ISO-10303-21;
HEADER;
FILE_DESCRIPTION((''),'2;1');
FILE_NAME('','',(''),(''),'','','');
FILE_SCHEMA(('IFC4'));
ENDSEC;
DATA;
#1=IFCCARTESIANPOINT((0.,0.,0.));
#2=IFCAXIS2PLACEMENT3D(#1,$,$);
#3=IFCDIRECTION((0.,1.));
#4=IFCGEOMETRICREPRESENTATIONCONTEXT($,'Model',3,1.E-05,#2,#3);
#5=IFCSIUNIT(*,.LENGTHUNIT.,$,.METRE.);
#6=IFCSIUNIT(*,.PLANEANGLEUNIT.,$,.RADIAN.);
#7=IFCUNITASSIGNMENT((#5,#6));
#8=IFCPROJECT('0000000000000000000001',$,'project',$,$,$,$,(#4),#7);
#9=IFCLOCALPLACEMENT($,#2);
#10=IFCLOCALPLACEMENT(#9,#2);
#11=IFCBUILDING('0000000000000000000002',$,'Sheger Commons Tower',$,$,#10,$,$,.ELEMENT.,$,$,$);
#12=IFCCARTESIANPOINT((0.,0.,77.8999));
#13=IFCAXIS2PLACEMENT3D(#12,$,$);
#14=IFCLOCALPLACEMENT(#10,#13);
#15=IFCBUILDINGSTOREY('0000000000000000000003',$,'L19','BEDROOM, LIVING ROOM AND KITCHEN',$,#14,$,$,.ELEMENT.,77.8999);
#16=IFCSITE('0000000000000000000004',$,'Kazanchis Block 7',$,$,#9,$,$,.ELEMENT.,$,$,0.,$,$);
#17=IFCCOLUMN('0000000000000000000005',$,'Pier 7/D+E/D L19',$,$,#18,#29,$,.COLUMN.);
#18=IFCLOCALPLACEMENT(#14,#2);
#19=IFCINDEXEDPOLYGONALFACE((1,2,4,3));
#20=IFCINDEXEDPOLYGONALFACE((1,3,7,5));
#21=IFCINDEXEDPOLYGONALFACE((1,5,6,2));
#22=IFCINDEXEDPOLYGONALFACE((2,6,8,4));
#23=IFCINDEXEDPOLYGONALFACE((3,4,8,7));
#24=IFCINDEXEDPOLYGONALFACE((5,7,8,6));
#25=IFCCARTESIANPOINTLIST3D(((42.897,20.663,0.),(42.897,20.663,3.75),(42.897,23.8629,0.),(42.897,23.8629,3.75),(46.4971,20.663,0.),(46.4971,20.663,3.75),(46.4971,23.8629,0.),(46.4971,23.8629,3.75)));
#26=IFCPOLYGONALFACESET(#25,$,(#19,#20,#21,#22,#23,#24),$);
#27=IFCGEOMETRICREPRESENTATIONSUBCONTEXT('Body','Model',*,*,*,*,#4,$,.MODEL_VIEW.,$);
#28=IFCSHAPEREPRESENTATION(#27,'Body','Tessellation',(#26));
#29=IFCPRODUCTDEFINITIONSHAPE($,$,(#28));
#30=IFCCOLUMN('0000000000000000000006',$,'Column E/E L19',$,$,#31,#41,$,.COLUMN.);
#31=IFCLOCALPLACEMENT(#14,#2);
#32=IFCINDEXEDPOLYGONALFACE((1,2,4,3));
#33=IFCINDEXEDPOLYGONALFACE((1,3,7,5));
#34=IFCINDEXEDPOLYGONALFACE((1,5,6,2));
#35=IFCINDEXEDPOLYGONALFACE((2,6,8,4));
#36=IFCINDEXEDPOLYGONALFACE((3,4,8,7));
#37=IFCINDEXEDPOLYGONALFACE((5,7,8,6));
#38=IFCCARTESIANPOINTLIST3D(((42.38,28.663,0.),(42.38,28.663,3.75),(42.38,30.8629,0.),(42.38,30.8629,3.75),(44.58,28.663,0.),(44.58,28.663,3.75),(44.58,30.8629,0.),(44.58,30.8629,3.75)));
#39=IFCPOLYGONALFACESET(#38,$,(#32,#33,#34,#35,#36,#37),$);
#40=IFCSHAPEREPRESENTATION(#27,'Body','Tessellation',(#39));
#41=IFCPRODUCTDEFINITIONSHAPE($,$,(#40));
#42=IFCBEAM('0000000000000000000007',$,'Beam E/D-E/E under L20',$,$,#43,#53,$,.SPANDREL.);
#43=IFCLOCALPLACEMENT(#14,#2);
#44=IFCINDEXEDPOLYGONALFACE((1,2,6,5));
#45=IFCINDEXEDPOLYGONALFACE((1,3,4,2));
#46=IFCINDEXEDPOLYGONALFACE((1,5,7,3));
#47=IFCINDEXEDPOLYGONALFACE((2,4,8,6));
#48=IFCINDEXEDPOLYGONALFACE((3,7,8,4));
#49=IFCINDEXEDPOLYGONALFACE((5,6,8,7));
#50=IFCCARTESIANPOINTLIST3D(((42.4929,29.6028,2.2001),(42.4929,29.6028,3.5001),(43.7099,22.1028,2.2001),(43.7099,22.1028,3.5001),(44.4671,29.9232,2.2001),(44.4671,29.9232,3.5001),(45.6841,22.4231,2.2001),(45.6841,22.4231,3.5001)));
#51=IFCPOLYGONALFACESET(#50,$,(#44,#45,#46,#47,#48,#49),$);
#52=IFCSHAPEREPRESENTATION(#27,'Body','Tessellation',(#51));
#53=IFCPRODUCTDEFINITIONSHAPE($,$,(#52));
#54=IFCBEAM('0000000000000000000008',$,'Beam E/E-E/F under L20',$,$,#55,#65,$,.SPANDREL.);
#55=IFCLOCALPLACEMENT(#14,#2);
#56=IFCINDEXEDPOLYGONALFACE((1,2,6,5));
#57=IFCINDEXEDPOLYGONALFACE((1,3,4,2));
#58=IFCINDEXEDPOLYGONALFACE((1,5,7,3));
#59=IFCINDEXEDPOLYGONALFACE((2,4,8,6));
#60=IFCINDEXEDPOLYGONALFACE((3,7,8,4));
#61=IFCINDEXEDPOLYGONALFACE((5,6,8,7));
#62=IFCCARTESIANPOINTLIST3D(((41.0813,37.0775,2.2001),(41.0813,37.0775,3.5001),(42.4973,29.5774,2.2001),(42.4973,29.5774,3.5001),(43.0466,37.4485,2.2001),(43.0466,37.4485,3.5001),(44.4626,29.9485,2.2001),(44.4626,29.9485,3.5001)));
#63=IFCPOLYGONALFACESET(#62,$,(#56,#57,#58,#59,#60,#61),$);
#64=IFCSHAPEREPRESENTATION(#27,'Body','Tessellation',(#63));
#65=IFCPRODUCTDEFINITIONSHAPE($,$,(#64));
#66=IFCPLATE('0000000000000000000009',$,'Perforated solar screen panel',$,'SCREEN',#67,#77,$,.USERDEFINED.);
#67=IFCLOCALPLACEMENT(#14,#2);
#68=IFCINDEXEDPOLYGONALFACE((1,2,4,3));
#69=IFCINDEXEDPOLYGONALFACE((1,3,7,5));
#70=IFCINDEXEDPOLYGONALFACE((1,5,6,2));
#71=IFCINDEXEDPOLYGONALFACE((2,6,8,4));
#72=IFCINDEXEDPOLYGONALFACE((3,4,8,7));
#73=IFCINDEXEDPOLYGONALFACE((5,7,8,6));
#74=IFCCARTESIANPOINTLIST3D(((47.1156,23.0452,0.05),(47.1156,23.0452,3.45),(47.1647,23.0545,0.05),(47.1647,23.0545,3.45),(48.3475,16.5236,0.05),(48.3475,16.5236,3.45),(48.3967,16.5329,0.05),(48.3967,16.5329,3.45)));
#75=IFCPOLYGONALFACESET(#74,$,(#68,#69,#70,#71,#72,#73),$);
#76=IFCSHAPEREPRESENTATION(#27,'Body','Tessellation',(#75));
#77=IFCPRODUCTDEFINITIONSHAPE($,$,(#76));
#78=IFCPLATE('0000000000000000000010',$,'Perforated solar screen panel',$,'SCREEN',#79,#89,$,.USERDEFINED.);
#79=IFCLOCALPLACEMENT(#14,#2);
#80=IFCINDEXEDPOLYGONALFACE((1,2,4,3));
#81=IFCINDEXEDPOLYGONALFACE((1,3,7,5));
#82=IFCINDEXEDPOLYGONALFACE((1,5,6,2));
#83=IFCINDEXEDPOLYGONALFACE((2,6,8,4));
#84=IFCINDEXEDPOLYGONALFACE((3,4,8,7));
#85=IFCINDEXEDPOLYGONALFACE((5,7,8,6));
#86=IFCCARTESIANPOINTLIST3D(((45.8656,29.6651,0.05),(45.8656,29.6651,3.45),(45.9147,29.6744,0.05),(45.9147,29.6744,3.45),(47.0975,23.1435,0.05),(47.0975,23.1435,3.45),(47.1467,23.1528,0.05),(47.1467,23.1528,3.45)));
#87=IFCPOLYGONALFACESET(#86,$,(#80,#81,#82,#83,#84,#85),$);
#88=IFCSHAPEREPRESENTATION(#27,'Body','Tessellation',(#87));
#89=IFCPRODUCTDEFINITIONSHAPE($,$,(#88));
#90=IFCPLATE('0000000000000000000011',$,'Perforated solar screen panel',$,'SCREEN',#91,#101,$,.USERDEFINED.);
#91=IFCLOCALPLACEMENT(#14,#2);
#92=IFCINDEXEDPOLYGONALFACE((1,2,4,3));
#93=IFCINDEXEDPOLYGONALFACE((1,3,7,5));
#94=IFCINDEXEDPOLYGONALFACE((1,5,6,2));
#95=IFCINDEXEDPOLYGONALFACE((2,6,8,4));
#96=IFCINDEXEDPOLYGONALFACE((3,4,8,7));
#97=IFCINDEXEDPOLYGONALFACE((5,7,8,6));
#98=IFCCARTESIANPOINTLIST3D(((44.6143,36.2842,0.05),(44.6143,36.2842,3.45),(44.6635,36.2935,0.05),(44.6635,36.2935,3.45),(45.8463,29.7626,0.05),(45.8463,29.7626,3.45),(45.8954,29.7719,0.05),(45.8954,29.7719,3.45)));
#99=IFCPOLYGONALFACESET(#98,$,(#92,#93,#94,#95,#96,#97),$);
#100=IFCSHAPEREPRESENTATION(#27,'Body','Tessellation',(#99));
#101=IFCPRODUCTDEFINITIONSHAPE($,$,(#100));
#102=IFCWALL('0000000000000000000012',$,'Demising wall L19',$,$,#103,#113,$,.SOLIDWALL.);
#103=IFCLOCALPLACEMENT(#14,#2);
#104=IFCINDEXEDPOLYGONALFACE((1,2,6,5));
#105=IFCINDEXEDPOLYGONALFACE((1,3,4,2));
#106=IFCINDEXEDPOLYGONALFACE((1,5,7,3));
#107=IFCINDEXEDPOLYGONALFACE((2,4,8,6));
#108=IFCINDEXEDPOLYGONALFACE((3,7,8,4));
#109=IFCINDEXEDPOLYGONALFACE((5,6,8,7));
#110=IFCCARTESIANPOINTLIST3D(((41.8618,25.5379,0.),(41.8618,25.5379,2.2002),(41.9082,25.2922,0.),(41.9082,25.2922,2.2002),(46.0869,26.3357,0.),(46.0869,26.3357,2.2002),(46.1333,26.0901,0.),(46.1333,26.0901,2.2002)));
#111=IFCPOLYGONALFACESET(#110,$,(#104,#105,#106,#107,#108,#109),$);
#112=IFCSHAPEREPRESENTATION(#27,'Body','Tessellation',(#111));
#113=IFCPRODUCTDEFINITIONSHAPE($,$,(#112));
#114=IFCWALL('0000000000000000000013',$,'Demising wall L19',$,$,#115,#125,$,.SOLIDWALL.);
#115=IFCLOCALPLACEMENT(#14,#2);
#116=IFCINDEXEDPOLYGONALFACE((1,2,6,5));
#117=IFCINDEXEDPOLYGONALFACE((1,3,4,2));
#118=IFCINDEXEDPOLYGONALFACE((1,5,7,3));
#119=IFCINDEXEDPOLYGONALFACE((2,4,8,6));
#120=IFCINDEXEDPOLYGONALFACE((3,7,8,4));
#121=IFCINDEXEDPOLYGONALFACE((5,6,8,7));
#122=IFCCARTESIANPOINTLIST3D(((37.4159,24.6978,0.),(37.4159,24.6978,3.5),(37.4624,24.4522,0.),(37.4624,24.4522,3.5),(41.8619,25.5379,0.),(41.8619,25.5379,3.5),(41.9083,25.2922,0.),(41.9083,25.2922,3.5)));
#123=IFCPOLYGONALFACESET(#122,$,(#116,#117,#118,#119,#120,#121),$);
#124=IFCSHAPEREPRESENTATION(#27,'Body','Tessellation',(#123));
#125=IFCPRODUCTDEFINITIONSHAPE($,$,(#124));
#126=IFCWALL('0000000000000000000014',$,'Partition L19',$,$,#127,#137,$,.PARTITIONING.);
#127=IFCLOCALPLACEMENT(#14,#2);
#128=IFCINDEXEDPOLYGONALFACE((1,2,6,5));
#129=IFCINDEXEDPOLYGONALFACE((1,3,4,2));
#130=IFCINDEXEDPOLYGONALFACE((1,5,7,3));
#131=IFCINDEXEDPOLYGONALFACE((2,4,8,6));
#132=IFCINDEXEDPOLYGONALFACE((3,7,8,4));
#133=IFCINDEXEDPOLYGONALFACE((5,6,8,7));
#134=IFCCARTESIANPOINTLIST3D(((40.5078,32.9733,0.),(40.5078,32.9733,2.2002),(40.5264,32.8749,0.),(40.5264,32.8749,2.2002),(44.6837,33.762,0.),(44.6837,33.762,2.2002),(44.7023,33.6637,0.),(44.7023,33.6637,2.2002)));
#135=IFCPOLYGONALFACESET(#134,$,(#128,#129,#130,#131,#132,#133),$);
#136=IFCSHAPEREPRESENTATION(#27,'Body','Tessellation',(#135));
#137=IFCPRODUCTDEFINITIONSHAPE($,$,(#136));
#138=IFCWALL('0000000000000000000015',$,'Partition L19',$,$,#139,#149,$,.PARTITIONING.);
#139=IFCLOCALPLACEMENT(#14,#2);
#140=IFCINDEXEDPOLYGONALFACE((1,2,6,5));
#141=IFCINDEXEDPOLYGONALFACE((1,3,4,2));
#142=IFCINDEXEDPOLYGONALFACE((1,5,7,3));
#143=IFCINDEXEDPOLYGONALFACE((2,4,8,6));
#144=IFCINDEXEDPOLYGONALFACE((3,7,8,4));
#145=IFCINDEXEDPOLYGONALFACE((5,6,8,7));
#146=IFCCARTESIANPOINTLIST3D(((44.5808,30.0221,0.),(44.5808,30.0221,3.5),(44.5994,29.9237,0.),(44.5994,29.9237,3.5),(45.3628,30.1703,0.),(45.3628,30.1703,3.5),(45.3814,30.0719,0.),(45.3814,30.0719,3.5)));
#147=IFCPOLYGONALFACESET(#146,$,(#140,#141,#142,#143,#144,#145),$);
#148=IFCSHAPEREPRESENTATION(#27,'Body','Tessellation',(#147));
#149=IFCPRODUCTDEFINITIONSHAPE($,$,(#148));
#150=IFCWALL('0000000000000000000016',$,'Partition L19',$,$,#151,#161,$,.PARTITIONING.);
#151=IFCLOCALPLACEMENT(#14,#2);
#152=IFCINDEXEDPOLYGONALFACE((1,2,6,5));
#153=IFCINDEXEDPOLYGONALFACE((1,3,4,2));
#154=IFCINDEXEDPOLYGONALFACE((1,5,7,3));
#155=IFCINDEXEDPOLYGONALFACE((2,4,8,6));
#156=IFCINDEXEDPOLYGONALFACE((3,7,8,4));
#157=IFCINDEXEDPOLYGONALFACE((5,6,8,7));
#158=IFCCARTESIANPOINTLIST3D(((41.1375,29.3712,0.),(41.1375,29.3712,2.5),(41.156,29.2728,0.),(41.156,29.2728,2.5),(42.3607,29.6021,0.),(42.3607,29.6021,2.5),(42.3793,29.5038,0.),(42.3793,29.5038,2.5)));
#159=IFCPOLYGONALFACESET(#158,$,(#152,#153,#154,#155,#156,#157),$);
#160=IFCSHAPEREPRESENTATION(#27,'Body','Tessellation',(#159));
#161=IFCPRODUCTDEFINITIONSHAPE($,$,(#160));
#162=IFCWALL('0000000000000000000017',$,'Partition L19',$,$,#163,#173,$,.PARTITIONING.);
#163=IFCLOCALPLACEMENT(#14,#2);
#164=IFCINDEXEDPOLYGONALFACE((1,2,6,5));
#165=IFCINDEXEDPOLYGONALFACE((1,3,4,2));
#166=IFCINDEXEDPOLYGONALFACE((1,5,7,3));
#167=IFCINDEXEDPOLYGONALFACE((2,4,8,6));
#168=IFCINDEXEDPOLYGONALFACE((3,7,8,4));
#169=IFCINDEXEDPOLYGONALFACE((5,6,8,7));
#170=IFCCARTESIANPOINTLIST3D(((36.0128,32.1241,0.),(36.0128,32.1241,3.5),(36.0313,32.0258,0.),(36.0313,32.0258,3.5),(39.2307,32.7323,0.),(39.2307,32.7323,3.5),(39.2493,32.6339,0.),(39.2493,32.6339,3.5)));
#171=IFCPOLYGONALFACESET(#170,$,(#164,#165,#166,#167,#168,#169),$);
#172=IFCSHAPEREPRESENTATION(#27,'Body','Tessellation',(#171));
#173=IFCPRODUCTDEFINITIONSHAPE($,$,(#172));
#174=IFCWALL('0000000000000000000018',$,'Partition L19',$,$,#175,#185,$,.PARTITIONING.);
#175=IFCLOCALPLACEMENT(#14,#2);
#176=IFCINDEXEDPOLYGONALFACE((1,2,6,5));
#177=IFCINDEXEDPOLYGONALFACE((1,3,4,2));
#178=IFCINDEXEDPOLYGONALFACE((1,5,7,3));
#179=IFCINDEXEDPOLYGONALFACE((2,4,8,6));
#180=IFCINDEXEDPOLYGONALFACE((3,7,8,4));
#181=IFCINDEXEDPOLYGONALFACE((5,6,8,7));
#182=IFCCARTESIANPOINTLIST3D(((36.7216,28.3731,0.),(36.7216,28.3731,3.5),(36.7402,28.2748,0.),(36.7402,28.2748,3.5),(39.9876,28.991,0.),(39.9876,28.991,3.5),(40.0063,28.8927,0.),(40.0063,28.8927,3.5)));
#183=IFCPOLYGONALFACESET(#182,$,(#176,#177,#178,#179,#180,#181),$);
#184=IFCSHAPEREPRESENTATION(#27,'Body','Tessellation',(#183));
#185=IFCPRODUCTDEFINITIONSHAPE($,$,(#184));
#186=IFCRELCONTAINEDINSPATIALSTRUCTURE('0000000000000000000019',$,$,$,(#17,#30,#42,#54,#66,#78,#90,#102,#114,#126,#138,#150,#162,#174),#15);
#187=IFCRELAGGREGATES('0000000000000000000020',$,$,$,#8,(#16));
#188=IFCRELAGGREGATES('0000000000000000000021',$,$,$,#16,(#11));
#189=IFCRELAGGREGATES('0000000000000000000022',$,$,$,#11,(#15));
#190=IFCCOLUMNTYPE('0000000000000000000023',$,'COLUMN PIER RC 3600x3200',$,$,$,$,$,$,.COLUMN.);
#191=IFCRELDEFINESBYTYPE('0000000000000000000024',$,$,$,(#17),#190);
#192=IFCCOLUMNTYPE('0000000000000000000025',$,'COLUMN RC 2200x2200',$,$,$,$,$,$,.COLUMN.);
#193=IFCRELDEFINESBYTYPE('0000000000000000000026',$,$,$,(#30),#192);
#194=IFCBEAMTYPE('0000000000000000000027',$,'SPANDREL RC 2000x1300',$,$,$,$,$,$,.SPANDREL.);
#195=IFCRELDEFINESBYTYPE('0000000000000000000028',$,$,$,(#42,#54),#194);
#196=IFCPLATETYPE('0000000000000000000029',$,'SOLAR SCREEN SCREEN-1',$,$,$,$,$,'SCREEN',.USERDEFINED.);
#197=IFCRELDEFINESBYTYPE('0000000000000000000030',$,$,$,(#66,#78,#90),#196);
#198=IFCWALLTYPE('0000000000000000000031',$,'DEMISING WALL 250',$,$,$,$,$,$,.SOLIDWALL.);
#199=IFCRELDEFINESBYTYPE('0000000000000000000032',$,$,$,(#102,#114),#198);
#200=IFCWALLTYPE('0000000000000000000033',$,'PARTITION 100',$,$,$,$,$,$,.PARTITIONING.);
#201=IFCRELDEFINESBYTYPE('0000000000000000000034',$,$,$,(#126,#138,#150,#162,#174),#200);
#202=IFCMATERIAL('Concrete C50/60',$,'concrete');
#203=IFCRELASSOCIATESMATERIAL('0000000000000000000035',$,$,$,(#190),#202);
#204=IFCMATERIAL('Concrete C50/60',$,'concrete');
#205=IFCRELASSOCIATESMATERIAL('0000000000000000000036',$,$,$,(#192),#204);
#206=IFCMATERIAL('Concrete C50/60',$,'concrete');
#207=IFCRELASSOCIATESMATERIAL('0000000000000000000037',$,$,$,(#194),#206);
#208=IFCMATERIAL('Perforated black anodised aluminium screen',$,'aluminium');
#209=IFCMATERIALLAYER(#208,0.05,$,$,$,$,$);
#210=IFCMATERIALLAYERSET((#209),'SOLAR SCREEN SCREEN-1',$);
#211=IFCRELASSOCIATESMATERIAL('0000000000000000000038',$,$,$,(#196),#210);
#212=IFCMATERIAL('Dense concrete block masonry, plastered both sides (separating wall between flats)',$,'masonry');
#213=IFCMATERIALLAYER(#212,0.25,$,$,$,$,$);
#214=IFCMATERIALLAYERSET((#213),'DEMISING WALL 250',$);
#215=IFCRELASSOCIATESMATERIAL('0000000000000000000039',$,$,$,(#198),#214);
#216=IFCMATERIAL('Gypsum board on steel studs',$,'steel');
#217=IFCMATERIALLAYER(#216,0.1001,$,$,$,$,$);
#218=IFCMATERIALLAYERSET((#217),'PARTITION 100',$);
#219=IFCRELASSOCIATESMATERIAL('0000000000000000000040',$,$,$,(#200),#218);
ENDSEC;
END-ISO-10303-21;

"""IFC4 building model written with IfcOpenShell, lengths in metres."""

from ifc_helpers import new_model, si_unit, direction, frame, frame_2d, origin, origin_2d, place, context, subcontext, project, spatial, rectangle, extrude, material, layer, layer_set, material_profile, profile_set, type_object, element, save


model = new_model("IFC4")

# Units and contexts
model_context = context("Model", 3, precision=1e-05, world=origin(), true_north=direction((0.0, 1.0)))
body_context = subcontext(model_context, "Body", "Model", "MODEL_VIEW")
ifc_project = project(units=[si_unit("LENGTHUNIT", "METRE"), si_unit("PLANEANGLEUNIT", "RADIAN")], contexts=[model_context])

# Site, building, storey
site_placement = place(None, origin())
site = spatial("IfcSite", under=ifc_project, at=site_placement, Name="Kazanchis Block 7", CompositionType="ELEMENT", RefElevation=0.0)
building_placement = place(site_placement, origin())
building = spatial("IfcBuilding", under=site, at=building_placement, Name="Sheger Commons Tower", CompositionType="ELEMENT")
storey_placement = place(building_placement, frame((0.0, 0.0, 77.8999)))
storey = spatial("IfcBuildingStorey", under=building, at=storey_placement, Name="L19", Description="BEDROOM, LIVING ROOM AND KITCHEN", CompositionType="ELEMENT", Elevation=77.8999)

# Columns
ifc_material_1 = material(Name="Concrete C50/60", Category="concrete")
ifc_material_profile_1 = material_profile(ifc_material_1, rectangle(XDim=3.6001, YDim=3.2, at=origin_2d()), Name="RC 3600x3200")
ifc_profile_set_1 = profile_set([ifc_material_profile_1], Name="Concrete C50/60")
column_type_1 = type_object("IfcColumnType", Name="COLUMN PIER RC 3600x3200", PredefinedType="COLUMN", material=ifc_profile_set_1)
column_1_placement = place(storey_placement, frame((44.697, 22.2629, 0.0), z_axis=(0.0, 0.0, 1.0), x_axis=(1.0, 0.0, 0.0)))
element("IfcColumn", 1, at=column_1_placement, inside=storey, type_object=column_type_1, Name="Pier 7/D+E/D L19", PredefinedType="COLUMN", context=body_context, shape_type="SweptSolid", body=[
    extrude(rectangle(XDim=3.6001, YDim=3.2, at=origin_2d()), origin(), (0.0, 0.0, 1.0), 3.75),
])
ifc_material_2 = material(Name="Concrete C50/60", Category="concrete")
ifc_material_profile_2 = material_profile(ifc_material_2, rectangle(XDim=2.2, YDim=2.2, at=origin_2d()), Name="RC 2200x2200")
ifc_profile_set_2 = profile_set([ifc_material_profile_2], Name="Concrete C50/60")
column_type_2 = type_object("IfcColumnType", Name="COLUMN RC 2200x2200", PredefinedType="COLUMN", material=ifc_profile_set_2)
column_2_placement = place(storey_placement, frame((43.48, 29.7629, 0.0), z_axis=(0.0, 0.0, 1.0), x_axis=(1.0, 0.0, 0.0)))
element("IfcColumn", 2, at=column_2_placement, inside=storey, type_object=column_type_2, Name="Column E/E L19", PredefinedType="COLUMN", context=body_context, shape_type="SweptSolid", body=[
    extrude(rectangle(XDim=2.2, YDim=2.2, at=origin_2d()), origin(), (0.0, 0.0, 1.0), 3.75),
])

# Beams
ifc_material_3 = material(Name="Concrete C50/60", Category="concrete")
ifc_material_profile_3 = material_profile(ifc_material_3, rectangle(XDim=2.0, YDim=1.3, at=origin_2d()), Name="RC 2000x1300")
ifc_profile_set_3 = profile_set([ifc_material_profile_3], Name="Concrete C50/60")
beam_type = type_object("IfcBeamType", Name="SPANDREL RC 2000x1300", PredefinedType="SPANDREL", material=ifc_profile_set_3)
beam_1_placement = place(storey_placement, frame((44.697, 22.2629, 2.8501), z_axis=(-0.160177, 0.987088, 0.0), x_axis=(-0.987088, -0.160177, 0.0)))
element("IfcBeam", 3, at=beam_1_placement, inside=storey, type_object=beam_type, Name="Beam E/D-E/E under L20", PredefinedType="SPANDREL", context=body_context, shape_type="SweptSolid", body=[
    extrude(rectangle(XDim=2.0, YDim=1.3, at=origin_2d()), origin(), (0.0, 0.0, 1.0), 7.5981),
])
beam_2_placement = place(storey_placement, frame((43.48, 29.7629, 2.8501), z_axis=(-0.185524, 0.98264, 0.0), x_axis=(-0.98264, -0.185524, 0.0)))
element("IfcBeam", 4, at=beam_2_placement, inside=storey, type_object=beam_type, Name="Beam E/E-E/F under L20", PredefinedType="SPANDREL", context=body_context, shape_type="SweptSolid", body=[
    extrude(rectangle(XDim=2.0, YDim=1.3, at=origin_2d()), origin(), (0.0, 0.0, 1.0), 7.6326),
])

# Plates
ifc_material_4 = material(Name="Perforated black anodised aluminium screen", Category="aluminium")
ifc_layer_1 = layer(ifc_material_4, 0.05)
ifc_layer_set_1 = layer_set([ifc_layer_1], Name="SOLAR SCREEN SCREEN-1")
plate_type = type_object("IfcPlateType", Name="SOLAR SCREEN SCREEN-1", ElementType="SCREEN", PredefinedType="USERDEFINED", material=ifc_layer_set_1)
for number, where, z_axis, x_axis, name in (
    (5, (47.7561, 19.7891, 0.05), (0.0, 0.0, 1.0), (-0.185615, 0.982623, 0.0), "Perforated solar screen panel"),
    (6, (46.5061, 26.4089, 0.05), (0.0, 0.0, 1.0), (-0.185615, 0.982623, 0.0), "Perforated solar screen panel"),
    (7, (45.2549, 33.0281, 0.05), (0.0, 0.0, 1.0), (-0.185615, 0.982623, 0.0), "Perforated solar screen panel"),
):
    element("IfcPlate", number, at=place(storey_placement, frame(where, z_axis=z_axis, x_axis=x_axis)), inside=storey, type_object=plate_type, Name=name, ObjectType="SCREEN", PredefinedType="USERDEFINED", context=body_context, shape_type="SweptSolid", body=[
        extrude(rectangle(XDim=6.637, YDim=0.05, at=origin_2d()), origin(), (0.0, 0.0, 1.0), 3.3999),
    ])

# Walls
ifc_material_5 = material(Name="Dense concrete block masonry, plastered both sides (separating wall between flats)", Category="masonry")
ifc_layer_2 = layer(ifc_material_5, 0.25)
ifc_layer_set_2 = layer_set([ifc_layer_2], Name="DEMISING WALL 250")
wall_type_1 = type_object("IfcWallType", Name="DEMISING WALL 250", PredefinedType="SOLIDWALL", material=ifc_layer_set_2)
wall_1_placement = place(storey_placement, frame((46.1101, 26.2129, 0.0), z_axis=(0.0, 0.0, 1.0), x_axis=(-0.982634, -0.185557, 0.0)))
element("IfcWall", 8, at=wall_1_placement, inside=storey, type_object=wall_type_1, Name="Demising wall L19", PredefinedType="SOLIDWALL", context=body_context, shape_type="SweptSolid", body=[
    extrude(rectangle(XDim=4.2998, YDim=0.25, at=frame_2d((2.1499, 0.0))), origin(), (0.0, 0.0, 1.0), 2.2002),
])
wall_2_placement = place(storey_placement, frame((41.885, 25.415, 0.0), z_axis=(0.0, 0.0, 1.0), x_axis=(-0.982613, -0.185666, 0.0)))
element("IfcWall", 9, at=wall_2_placement, inside=storey, type_object=wall_type_1, Name="Demising wall L19", PredefinedType="SOLIDWALL", context=body_context, shape_type="SweptSolid", body=[
    extrude(rectangle(XDim=4.5247, YDim=0.25, at=frame_2d((2.2622, 0.0))), origin(), (0.0, 0.0, 1.0), 3.5),
])
ifc_material_6 = material(Name="Gypsum board on steel studs", Category="steel")
ifc_layer_3 = layer(ifc_material_6, 0.1001)
ifc_layer_set_3 = layer_set([ifc_layer_3], Name="PARTITION 100")
wall_type_2 = type_object("IfcWallType", Name="PARTITION 100", PredefinedType="PARTITIONING", material=ifc_layer_set_3)
wall_3_placement = place(storey_placement, frame((44.6931, 33.7129, 0.0), z_axis=(0.0, 0.0, 1.0), x_axis=(-0.982624, -0.18561, 0.0)))
element("IfcWall", 10, at=wall_3_placement, inside=storey, type_object=wall_type_2, Name="Partition L19", PredefinedType="PARTITIONING", context=body_context, shape_type="SweptSolid", body=[
    extrude(rectangle(XDim=4.2498, YDim=0.1001, at=frame_2d((2.125, 0.0))), origin(), (0.0, 0.0, 1.0), 2.2002),
])
wall_4_placement = place(storey_placement, frame((45.3721, 30.1211, 0.0), z_axis=(0.0, 0.0, 1.0), x_axis=(-0.982513, -0.186196, 0.0)))
element("IfcWall", 11, at=wall_4_placement, inside=storey, type_object=wall_type_2, Name="Partition L19", PredefinedType="PARTITIONING", context=body_context, shape_type="SweptSolid", body=[
    extrude(rectangle(XDim=0.7959, YDim=0.1001, at=frame_2d((0.3979, 0.0))), origin(), (0.0, 0.0, 1.0), 3.5),
])
wall_5_placement = place(storey_placement, frame((42.3701, 29.553, 0.0), z_axis=(0.0, 0.0, 1.0), x_axis=(-0.982636, -0.185544, 0.0)))
element("IfcWall", 12, at=wall_5_placement, inside=storey, type_object=wall_type_2, Name="Partition L19", PredefinedType="PARTITIONING", context=body_context, shape_type="SweptSolid", body=[
    extrude(rectangle(XDim=1.2449, YDim=0.1001, at=frame_2d((0.6226, 0.0))), origin(), (0.0, 0.0, 1.0), 2.5),
])
wall_6_placement = place(storey_placement, frame((39.24, 32.6831, 0.0), z_axis=(0.0, 0.0, 1.0), x_axis=(-0.982607, -0.185697, 0.0)))
element("IfcWall", 13, at=wall_6_placement, inside=storey, type_object=wall_type_2, Name="Partition L19", PredefinedType="PARTITIONING", context=body_context, shape_type="SweptSolid", body=[
    extrude(rectangle(XDim=3.2749, YDim=0.1001, at=frame_2d((1.6375, 0.0))), origin(), (0.0, 0.0, 1.0), 3.5),
])
wall_7_placement = place(storey_placement, frame((39.9971, 28.9419, 0.0), z_axis=(0.0, 0.0, 1.0), x_axis=(-0.98257, -0.185894, 0.0)))
element("IfcWall", 14, at=wall_7_placement, inside=storey, type_object=wall_type_2, Name="Partition L19", PredefinedType="PARTITIONING", context=body_context, shape_type="SweptSolid", body=[
    extrude(rectangle(XDim=3.324, YDim=0.1001, at=frame_2d((1.6621, 0.0))), origin(), (0.0, 0.0, 1.0), 3.5),
])

save(model, "model.ifc")
